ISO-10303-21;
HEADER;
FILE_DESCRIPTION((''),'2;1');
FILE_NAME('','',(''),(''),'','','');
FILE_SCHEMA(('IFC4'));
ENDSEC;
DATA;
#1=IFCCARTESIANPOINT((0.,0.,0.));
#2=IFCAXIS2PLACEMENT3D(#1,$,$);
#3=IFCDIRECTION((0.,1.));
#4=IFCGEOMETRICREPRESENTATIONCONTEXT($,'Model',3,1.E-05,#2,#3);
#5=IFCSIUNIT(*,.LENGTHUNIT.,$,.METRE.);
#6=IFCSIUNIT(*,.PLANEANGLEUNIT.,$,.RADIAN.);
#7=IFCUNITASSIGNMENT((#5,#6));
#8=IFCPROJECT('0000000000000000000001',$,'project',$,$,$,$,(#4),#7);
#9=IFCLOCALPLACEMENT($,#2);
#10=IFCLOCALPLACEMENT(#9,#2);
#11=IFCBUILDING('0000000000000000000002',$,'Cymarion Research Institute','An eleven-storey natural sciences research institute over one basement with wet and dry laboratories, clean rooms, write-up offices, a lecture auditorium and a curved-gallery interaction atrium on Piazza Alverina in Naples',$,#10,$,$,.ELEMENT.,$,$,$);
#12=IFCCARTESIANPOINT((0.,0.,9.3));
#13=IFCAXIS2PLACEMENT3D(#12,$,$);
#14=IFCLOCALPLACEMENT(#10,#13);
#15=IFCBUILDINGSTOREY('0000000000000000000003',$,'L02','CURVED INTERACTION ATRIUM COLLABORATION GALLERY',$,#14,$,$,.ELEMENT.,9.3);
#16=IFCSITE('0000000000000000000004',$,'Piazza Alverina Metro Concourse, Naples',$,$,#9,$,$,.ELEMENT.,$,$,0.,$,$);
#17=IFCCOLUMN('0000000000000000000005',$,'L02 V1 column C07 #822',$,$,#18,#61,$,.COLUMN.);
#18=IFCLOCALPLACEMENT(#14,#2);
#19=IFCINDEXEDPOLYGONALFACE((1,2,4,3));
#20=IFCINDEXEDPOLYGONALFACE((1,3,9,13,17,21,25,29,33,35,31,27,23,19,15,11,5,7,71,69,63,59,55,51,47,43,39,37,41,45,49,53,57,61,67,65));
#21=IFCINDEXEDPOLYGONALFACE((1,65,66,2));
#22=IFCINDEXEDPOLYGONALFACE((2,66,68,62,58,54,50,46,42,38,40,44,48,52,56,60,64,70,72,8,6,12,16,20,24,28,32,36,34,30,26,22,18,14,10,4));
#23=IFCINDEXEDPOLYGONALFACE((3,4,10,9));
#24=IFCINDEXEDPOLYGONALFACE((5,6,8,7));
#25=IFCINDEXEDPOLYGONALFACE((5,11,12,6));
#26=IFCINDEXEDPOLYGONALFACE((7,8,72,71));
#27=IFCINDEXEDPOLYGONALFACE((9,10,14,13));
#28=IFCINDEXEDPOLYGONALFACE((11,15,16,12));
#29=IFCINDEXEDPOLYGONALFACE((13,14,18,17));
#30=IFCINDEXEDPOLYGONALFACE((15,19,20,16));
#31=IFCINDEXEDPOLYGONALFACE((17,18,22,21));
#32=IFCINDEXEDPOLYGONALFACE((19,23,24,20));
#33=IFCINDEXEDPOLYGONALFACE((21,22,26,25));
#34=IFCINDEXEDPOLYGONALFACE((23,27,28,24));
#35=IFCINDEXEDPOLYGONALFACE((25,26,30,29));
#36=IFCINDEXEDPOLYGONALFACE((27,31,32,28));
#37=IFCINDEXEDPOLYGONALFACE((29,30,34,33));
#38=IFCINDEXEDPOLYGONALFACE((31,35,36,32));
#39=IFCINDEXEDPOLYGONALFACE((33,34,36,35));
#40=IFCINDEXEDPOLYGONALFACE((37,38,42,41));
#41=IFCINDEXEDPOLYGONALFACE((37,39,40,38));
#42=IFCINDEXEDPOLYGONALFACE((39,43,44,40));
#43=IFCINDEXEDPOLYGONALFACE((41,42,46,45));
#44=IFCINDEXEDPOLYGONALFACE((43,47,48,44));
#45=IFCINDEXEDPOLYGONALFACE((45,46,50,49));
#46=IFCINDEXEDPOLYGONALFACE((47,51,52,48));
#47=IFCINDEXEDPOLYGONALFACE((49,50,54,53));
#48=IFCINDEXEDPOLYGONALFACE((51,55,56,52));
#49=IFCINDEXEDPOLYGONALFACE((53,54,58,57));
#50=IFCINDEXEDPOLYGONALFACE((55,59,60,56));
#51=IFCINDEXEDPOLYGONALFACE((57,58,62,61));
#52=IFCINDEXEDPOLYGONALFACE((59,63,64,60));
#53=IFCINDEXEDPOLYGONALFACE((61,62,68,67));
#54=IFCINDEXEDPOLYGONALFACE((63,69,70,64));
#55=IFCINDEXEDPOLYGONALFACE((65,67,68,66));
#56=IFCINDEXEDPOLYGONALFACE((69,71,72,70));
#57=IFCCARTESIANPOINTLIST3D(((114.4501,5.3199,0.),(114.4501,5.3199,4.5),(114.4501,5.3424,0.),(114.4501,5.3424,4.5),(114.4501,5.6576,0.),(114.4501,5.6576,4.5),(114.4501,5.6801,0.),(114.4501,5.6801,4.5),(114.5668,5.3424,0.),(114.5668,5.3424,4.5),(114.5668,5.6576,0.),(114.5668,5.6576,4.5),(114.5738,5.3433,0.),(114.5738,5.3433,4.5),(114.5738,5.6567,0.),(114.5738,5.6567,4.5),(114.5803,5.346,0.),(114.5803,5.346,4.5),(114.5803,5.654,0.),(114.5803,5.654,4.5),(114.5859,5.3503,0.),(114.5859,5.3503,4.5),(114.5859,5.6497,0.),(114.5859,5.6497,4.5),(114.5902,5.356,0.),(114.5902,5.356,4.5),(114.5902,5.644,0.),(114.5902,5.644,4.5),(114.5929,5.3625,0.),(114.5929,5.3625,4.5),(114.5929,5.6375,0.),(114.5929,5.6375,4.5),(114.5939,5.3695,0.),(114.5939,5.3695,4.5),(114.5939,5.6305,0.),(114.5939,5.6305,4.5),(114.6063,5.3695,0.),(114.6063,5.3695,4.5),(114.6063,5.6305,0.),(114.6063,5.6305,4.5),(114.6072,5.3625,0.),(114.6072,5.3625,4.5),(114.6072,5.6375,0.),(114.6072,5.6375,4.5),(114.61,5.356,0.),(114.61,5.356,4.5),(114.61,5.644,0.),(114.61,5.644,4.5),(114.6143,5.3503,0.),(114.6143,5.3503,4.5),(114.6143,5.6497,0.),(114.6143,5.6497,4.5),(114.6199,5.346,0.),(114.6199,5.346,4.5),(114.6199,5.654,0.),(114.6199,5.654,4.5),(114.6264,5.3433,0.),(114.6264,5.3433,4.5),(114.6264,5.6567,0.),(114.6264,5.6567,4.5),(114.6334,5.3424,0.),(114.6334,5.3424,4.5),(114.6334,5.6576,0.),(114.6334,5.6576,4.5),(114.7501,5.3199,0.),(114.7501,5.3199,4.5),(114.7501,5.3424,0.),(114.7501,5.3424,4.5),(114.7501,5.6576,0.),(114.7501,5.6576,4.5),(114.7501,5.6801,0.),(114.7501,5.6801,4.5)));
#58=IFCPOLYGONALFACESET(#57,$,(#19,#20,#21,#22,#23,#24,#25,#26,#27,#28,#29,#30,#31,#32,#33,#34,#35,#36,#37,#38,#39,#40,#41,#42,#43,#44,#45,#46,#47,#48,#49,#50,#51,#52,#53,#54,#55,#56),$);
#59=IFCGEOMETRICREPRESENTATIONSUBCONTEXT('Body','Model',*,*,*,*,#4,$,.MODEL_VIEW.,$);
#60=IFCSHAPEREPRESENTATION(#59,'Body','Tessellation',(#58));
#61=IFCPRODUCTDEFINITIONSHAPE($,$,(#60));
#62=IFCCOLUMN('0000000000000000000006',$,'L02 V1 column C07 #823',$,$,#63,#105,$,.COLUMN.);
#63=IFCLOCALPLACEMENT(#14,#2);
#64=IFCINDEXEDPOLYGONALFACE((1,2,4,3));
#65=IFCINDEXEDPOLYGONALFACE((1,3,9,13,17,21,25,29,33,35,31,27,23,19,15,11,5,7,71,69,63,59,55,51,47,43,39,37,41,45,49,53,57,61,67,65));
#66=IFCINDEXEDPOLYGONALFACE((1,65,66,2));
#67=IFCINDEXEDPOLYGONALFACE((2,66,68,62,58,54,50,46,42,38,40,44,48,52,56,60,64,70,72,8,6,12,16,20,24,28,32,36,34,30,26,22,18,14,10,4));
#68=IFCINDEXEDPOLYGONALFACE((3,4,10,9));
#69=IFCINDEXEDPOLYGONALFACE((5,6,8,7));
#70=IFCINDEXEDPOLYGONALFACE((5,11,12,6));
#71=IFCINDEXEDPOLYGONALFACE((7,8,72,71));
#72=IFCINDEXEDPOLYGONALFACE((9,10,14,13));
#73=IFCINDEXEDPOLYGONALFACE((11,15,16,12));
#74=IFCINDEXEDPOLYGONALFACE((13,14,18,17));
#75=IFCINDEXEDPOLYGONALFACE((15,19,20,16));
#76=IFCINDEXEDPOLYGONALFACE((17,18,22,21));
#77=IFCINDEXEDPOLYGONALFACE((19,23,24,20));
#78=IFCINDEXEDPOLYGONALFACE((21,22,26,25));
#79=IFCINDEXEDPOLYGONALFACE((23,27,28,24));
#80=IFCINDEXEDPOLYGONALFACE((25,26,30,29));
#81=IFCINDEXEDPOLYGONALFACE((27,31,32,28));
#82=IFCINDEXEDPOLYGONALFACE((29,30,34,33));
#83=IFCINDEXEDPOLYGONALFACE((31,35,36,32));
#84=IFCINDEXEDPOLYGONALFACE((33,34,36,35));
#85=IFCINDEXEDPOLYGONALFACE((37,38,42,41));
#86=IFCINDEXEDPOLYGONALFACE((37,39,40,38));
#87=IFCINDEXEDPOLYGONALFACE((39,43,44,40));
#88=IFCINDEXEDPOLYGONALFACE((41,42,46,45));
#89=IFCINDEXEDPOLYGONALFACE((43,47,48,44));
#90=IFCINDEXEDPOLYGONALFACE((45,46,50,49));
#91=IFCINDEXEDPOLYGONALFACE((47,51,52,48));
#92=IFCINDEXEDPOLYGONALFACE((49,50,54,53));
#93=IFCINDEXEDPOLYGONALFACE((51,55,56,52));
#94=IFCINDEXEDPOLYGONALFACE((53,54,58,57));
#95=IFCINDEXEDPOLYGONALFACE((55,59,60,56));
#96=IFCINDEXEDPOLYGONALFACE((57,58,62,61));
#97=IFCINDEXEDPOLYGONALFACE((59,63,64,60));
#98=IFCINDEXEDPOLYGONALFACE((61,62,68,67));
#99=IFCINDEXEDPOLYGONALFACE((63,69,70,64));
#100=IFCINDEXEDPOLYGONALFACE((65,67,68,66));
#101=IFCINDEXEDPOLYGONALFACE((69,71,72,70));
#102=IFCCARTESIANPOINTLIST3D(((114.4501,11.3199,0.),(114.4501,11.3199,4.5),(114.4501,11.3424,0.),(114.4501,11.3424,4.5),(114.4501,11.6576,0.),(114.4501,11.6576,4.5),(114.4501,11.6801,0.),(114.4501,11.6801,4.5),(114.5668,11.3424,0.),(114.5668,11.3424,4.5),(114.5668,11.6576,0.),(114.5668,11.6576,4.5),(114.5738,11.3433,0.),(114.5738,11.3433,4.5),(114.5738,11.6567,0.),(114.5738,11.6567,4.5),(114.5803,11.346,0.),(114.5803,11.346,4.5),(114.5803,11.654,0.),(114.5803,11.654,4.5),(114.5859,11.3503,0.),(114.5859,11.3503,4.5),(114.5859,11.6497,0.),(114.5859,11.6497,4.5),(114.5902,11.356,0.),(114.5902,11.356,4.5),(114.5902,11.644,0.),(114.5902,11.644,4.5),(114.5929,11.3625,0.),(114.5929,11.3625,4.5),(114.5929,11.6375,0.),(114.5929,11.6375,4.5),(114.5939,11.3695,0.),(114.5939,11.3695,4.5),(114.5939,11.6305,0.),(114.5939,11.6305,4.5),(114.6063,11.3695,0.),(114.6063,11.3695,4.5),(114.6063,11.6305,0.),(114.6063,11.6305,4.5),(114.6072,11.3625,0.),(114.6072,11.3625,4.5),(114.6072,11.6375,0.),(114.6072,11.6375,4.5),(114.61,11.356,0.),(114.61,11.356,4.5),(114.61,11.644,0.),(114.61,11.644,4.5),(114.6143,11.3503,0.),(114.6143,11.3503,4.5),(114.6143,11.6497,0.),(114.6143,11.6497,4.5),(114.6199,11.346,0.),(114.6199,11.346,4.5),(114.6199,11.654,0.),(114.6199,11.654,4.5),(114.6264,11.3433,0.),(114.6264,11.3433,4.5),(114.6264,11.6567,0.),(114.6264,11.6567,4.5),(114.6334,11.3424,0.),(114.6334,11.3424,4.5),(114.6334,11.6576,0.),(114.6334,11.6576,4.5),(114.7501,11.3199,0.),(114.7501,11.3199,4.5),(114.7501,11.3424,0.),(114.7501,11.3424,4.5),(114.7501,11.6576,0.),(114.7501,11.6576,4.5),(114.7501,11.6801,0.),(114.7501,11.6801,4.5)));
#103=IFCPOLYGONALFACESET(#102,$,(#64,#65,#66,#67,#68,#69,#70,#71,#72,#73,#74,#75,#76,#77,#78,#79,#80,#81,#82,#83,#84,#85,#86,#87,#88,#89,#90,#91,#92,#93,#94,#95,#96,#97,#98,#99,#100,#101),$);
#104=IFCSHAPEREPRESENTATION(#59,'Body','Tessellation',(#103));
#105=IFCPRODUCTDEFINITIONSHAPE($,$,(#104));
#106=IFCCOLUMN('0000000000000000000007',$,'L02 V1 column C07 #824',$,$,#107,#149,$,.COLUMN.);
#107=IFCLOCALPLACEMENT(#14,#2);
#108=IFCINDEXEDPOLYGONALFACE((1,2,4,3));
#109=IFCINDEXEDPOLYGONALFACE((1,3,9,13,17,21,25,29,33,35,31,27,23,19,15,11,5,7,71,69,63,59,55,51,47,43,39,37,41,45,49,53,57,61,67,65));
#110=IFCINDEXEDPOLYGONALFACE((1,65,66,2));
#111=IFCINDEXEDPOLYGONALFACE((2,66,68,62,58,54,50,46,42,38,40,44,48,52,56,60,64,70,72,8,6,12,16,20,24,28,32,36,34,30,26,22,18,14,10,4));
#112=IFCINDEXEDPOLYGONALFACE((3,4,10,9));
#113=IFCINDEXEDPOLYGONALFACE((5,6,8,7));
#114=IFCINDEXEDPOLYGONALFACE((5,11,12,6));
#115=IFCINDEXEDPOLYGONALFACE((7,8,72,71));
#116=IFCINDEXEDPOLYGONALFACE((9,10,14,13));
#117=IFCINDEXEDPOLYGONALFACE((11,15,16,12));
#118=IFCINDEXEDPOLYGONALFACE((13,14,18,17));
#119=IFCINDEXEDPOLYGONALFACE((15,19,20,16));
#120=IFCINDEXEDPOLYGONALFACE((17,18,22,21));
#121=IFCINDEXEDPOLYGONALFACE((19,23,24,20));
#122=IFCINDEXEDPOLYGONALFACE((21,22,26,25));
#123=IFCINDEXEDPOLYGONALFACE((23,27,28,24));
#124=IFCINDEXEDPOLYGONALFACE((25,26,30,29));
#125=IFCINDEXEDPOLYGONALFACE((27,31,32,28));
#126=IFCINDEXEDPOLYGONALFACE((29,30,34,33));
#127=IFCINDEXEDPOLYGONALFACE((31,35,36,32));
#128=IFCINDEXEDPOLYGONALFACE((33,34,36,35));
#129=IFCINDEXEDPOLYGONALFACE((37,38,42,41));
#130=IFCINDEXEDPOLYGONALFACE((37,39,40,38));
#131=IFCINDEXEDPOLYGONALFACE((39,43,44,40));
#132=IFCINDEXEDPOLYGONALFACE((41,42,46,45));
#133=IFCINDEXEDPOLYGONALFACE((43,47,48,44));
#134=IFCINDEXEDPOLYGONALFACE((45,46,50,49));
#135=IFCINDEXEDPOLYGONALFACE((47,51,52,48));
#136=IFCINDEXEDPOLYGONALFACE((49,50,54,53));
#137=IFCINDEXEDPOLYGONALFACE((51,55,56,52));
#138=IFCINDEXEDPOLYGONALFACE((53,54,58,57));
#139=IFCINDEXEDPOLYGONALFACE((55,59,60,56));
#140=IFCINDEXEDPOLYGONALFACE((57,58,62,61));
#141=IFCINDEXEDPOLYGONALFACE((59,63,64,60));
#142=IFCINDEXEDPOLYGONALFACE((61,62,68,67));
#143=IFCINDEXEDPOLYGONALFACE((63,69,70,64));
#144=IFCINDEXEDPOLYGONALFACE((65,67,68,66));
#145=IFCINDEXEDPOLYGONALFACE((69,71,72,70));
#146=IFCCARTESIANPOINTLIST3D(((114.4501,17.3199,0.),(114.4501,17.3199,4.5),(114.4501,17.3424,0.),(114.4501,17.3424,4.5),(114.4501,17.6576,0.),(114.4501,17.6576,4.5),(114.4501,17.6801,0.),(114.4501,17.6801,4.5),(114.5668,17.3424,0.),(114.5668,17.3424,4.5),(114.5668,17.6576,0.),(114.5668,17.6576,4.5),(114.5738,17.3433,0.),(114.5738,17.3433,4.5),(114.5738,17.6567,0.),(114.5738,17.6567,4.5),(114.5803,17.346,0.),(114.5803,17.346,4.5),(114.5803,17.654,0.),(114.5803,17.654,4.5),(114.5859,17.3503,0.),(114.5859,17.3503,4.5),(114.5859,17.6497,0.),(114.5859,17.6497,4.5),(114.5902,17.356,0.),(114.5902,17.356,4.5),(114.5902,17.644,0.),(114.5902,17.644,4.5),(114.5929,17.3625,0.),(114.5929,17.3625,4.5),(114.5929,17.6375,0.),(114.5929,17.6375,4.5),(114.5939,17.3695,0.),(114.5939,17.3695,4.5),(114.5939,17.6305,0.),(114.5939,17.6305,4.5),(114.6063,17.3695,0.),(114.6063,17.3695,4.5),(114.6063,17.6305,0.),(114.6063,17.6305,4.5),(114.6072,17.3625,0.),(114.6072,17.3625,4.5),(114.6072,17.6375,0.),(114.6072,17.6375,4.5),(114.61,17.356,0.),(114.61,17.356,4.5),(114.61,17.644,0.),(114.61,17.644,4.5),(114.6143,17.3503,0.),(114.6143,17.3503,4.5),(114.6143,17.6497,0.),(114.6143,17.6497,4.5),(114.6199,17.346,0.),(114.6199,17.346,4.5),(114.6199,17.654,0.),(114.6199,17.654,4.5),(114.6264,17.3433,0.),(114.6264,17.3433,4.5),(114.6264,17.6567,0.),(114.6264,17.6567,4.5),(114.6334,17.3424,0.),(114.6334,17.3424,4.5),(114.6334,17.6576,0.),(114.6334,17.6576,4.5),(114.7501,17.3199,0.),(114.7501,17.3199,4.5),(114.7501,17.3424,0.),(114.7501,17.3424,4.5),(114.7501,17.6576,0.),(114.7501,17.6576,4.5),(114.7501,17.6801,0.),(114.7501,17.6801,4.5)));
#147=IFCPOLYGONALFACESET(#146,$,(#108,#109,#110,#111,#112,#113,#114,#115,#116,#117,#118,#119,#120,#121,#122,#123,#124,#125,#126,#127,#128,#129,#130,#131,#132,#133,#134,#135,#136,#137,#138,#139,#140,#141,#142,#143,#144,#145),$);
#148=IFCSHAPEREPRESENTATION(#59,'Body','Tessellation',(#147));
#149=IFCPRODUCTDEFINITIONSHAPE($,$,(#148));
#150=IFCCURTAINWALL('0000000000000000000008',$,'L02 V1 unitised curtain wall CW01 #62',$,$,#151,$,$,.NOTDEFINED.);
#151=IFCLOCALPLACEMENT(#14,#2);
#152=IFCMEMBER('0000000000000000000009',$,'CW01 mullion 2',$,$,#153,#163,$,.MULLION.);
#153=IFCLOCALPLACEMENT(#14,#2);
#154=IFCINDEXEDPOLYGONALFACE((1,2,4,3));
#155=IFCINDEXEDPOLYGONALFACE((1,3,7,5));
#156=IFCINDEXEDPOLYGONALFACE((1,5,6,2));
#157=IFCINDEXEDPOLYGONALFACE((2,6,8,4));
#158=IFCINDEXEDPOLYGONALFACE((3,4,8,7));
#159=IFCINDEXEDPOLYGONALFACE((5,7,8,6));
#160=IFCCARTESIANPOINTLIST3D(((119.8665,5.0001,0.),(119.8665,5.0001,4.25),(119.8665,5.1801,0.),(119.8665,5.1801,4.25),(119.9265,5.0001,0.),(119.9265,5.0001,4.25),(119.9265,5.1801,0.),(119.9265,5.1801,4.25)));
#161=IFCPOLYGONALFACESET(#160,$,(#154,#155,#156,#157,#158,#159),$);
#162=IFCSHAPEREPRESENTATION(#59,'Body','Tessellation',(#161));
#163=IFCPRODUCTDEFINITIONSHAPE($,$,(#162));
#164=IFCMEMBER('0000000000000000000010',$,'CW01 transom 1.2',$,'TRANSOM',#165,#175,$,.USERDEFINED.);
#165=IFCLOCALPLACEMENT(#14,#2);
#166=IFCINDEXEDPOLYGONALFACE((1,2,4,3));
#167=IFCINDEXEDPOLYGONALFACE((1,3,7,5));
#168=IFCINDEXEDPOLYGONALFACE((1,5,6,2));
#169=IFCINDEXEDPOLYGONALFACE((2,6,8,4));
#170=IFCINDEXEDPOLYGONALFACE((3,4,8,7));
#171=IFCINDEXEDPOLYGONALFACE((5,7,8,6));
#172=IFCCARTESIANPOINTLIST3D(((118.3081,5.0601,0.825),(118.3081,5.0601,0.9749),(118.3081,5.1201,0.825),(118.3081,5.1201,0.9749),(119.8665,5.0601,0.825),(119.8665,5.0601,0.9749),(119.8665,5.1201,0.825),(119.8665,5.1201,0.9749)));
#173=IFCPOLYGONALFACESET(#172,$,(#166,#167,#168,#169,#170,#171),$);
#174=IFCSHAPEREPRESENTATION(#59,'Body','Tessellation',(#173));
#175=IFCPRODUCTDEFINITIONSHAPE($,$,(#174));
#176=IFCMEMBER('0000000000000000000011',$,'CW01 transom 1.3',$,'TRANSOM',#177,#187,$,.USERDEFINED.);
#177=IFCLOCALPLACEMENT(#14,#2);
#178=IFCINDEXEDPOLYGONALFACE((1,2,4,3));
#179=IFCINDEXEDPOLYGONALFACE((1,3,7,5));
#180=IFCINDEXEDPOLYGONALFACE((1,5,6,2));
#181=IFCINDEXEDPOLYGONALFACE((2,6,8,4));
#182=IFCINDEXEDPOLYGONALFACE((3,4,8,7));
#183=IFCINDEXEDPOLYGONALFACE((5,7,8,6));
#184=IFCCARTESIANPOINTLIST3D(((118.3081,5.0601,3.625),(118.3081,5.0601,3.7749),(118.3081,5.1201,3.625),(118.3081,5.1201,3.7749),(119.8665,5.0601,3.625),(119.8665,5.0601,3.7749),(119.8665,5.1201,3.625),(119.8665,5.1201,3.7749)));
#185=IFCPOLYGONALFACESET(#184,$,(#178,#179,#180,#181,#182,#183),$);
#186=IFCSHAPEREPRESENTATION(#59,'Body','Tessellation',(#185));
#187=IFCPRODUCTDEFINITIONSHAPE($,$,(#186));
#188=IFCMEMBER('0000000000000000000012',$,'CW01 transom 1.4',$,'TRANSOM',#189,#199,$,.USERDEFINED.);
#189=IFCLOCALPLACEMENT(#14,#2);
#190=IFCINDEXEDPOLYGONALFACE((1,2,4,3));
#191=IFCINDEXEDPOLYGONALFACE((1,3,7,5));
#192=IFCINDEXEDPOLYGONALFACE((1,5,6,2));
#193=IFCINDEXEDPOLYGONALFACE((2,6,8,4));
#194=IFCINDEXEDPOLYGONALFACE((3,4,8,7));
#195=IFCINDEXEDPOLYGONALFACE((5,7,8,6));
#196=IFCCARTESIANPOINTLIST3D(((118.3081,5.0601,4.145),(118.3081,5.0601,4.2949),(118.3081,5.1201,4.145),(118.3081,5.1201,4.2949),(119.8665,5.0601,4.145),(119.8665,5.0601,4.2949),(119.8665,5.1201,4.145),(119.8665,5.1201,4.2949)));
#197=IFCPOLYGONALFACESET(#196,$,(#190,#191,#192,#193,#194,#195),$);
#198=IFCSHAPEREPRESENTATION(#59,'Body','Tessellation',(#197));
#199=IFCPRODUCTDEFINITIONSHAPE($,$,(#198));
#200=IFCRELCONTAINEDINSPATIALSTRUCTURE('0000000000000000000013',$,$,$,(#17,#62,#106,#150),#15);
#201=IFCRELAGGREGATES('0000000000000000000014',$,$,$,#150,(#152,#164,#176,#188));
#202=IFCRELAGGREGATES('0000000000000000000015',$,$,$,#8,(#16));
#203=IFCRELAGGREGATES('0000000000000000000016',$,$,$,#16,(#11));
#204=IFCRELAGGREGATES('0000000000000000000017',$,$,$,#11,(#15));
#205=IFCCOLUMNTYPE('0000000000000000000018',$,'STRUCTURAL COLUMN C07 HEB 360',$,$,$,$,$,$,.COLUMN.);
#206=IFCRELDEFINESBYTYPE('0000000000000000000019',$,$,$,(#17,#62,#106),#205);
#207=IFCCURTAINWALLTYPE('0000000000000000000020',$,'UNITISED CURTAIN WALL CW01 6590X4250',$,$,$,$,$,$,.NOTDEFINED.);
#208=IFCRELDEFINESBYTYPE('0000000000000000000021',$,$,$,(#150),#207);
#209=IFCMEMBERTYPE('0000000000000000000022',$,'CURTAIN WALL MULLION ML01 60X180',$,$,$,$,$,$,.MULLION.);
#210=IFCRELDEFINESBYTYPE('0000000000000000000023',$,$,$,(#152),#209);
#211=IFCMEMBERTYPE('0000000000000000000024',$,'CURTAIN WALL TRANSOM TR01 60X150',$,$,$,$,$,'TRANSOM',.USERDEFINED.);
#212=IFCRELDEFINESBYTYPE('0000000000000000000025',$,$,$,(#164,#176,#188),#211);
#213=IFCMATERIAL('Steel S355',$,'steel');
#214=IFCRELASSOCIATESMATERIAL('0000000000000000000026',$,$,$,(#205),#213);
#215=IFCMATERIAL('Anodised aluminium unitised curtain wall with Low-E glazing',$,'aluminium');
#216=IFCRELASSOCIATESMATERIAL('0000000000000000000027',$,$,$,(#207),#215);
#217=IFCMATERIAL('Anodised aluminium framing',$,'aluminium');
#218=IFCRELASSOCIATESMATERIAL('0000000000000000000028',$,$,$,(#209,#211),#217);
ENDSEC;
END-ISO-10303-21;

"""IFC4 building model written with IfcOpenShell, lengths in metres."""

from ifc_helpers import new_model, si_unit, direction, frame, origin, origin_2d, place, context, subcontext, project, spatial, rectangle, i_section, extrude, material, material_profile, profile_set, type_object, element, aggregate, save


model = new_model("IFC4")

# Units and contexts
model_context = context("Model", 3, precision=1e-05, world=origin(), true_north=direction((0.0, 1.0)))
body_context = subcontext(model_context, "Body", "Model", "MODEL_VIEW")
ifc_project = project(units=[si_unit("LENGTHUNIT", "METRE"), si_unit("PLANEANGLEUNIT", "RADIAN")], contexts=[model_context])

# Site, building, storey
site_placement = place(None, origin())
site = spatial("IfcSite", under=ifc_project, at=site_placement, Name="Piazza Alverina Metro Concourse, Naples", CompositionType="ELEMENT", RefElevation=0.0)
building_placement = place(site_placement, origin())
building = spatial("IfcBuilding", under=site, at=building_placement, Name="Cymarion Research Institute", Description="An eleven-storey natural sciences research institute over one basement with wet and dry laboratories, clean rooms, write-up offices, a lecture auditorium and a curved-gallery interaction atrium on Piazza Alverina in Naples", CompositionType="ELEMENT")
storey_placement = place(building_placement, frame((0.0, 0.0, 9.3)))
storey = spatial("IfcBuildingStorey", under=building, at=storey_placement, Name="L02", Description="CURVED INTERACTION ATRIUM COLLABORATION GALLERY", CompositionType="ELEMENT", Elevation=9.3)

# Columns
ifc_material_1 = material(Name="Steel S355", Category="steel")
ifc_material_profile_1 = material_profile(ifc_material_1, i_section(OverallWidth=0.3, OverallDepth=0.3601, WebThickness=0.0125, FlangeThickness=0.0225, FilletRadius=0.0271, at=origin_2d()), Name="HEB 360")
ifc_profile_set_1 = profile_set([ifc_material_profile_1], Name="Steel S355")
column_type = type_object("IfcColumnType", Name="STRUCTURAL COLUMN C07 HEB 360", PredefinedType="COLUMN", material=ifc_profile_set_1)
for number, where, z_axis, x_axis, name in (
    (1, (114.6001, 5.5, 0.0), (0.0, 0.0, 1.0), (1.0, 0.0, 0.0), "L02 V1 column C07 #822"),
    (2, (114.6001, 11.5, 0.0), (0.0, 0.0, 1.0), (1.0, 0.0, 0.0), "L02 V1 column C07 #823"),
    (3, (114.6001, 17.5, 0.0), (0.0, 0.0, 1.0), (1.0, 0.0, 0.0), "L02 V1 column C07 #824"),
):
    element("IfcColumn", number, at=place(storey_placement, frame(where, z_axis=z_axis, x_axis=x_axis)), inside=storey, type_object=column_type, Name=name, PredefinedType="COLUMN", context=body_context, shape_type="SweptSolid", body=[
        extrude(i_section(OverallWidth=0.3, OverallDepth=0.3601, WebThickness=0.0125, FlangeThickness=0.0225, FilletRadius=0.0271, at=origin_2d()), origin(), (0.0, 0.0, 1.0), 4.5),
    ])

# Curtain wall, members
ifc_material_2 = material(Name="Anodised aluminium unitised curtain wall with Low-E glazing", Category="aluminium")
curtain_wall_type = type_object("IfcCurtainWallType", Name="UNITISED CURTAIN WALL CW01 6590X4250", PredefinedType="NOTDEFINED", material=ifc_material_2)
curtain_wall_placement = place(storey_placement, origin())
curtain_wall = element("IfcCurtainWall", 4, at=curtain_wall_placement, inside=storey, type_object=curtain_wall_type, Name="L02 V1 unitised curtain wall CW01 #62", PredefinedType="NOTDEFINED")
ifc_material_3 = material(Name="Anodised aluminium framing", Category="aluminium")
ifc_material_profile_2 = material_profile(ifc_material_3, rectangle(XDim=0.0601, YDim=0.1799, at=origin_2d()), Name="ALU MULLION 60x180")
ifc_profile_set_2 = profile_set([ifc_material_profile_2], Name="Anodised aluminium framing")
member_type_1 = type_object("IfcMemberType", Name="CURTAIN WALL MULLION ML01 60X180", PredefinedType="MULLION", material=ifc_profile_set_2)
member_1_placement = place(storey_placement, frame((119.8965, 5.0901, 0.0), z_axis=(0.0, 0.0, 1.0), x_axis=(1.0, 0.0, 0.0)))
member_1 = element("IfcMember", 5, at=member_1_placement, type_object=member_type_1, Name="CW01 mullion 2", PredefinedType="MULLION", context=body_context, shape_type="SweptSolid", body=[
    extrude(rectangle(XDim=0.0601, YDim=0.1799, at=origin_2d()), origin(), (0.0, 0.0, 1.0), 4.25),
])
ifc_material_profile_3 = material_profile(ifc_material_3, rectangle(XDim=0.0601, YDim=0.1499, at=origin_2d()), Name="ALU TRANSOM 60x150")
ifc_profile_set_3 = profile_set([ifc_material_profile_3], Name="Anodised aluminium framing")
member_type_2 = type_object("IfcMemberType", Name="CURTAIN WALL TRANSOM TR01 60X150", ElementType="TRANSOM", PredefinedType="USERDEFINED", material=ifc_profile_set_3)
member_2_placement = place(storey_placement, frame((118.3081, 5.0901, 0.8999), z_axis=(1.0, 0.0, 0.0), x_axis=(0.0, 1.0, 0.0)))
member_2 = element("IfcMember", 6, at=member_2_placement, type_object=member_type_2, Name="CW01 transom 1.2", ObjectType="TRANSOM", PredefinedType="USERDEFINED", context=body_context, shape_type="SweptSolid", body=[
    extrude(rectangle(XDim=0.0601, YDim=0.1499, at=origin_2d()), origin(), (0.0, 0.0, 1.0), 1.5583),
])
member_3_placement = place(storey_placement, frame((118.3081, 5.0901, 3.7), z_axis=(1.0, 0.0, 0.0), x_axis=(0.0, 1.0, 0.0)))
member_3 = element("IfcMember", 7, at=member_3_placement, type_object=member_type_2, Name="CW01 transom 1.3", ObjectType="TRANSOM", PredefinedType="USERDEFINED", context=body_context, shape_type="SweptSolid", body=[
    extrude(rectangle(XDim=0.0601, YDim=0.1499, at=origin_2d()), origin(), (0.0, 0.0, 1.0), 1.5583),
])
member_4_placement = place(storey_placement, frame((118.3081, 5.0901, 4.22), z_axis=(1.0, 0.0, 0.0), x_axis=(0.0, 1.0, 0.0)))
member_4 = element("IfcMember", 8, at=member_4_placement, type_object=member_type_2, Name="CW01 transom 1.4", ObjectType="TRANSOM", PredefinedType="USERDEFINED", context=body_context, shape_type="SweptSolid", body=[
    extrude(rectangle(XDim=0.0601, YDim=0.1499, at=origin_2d()), origin(), (0.0, 0.0, 1.0), 1.5583),
])

aggregate(curtain_wall, [member_1, member_2, member_3, member_4])

save(model, "model.ifc")
